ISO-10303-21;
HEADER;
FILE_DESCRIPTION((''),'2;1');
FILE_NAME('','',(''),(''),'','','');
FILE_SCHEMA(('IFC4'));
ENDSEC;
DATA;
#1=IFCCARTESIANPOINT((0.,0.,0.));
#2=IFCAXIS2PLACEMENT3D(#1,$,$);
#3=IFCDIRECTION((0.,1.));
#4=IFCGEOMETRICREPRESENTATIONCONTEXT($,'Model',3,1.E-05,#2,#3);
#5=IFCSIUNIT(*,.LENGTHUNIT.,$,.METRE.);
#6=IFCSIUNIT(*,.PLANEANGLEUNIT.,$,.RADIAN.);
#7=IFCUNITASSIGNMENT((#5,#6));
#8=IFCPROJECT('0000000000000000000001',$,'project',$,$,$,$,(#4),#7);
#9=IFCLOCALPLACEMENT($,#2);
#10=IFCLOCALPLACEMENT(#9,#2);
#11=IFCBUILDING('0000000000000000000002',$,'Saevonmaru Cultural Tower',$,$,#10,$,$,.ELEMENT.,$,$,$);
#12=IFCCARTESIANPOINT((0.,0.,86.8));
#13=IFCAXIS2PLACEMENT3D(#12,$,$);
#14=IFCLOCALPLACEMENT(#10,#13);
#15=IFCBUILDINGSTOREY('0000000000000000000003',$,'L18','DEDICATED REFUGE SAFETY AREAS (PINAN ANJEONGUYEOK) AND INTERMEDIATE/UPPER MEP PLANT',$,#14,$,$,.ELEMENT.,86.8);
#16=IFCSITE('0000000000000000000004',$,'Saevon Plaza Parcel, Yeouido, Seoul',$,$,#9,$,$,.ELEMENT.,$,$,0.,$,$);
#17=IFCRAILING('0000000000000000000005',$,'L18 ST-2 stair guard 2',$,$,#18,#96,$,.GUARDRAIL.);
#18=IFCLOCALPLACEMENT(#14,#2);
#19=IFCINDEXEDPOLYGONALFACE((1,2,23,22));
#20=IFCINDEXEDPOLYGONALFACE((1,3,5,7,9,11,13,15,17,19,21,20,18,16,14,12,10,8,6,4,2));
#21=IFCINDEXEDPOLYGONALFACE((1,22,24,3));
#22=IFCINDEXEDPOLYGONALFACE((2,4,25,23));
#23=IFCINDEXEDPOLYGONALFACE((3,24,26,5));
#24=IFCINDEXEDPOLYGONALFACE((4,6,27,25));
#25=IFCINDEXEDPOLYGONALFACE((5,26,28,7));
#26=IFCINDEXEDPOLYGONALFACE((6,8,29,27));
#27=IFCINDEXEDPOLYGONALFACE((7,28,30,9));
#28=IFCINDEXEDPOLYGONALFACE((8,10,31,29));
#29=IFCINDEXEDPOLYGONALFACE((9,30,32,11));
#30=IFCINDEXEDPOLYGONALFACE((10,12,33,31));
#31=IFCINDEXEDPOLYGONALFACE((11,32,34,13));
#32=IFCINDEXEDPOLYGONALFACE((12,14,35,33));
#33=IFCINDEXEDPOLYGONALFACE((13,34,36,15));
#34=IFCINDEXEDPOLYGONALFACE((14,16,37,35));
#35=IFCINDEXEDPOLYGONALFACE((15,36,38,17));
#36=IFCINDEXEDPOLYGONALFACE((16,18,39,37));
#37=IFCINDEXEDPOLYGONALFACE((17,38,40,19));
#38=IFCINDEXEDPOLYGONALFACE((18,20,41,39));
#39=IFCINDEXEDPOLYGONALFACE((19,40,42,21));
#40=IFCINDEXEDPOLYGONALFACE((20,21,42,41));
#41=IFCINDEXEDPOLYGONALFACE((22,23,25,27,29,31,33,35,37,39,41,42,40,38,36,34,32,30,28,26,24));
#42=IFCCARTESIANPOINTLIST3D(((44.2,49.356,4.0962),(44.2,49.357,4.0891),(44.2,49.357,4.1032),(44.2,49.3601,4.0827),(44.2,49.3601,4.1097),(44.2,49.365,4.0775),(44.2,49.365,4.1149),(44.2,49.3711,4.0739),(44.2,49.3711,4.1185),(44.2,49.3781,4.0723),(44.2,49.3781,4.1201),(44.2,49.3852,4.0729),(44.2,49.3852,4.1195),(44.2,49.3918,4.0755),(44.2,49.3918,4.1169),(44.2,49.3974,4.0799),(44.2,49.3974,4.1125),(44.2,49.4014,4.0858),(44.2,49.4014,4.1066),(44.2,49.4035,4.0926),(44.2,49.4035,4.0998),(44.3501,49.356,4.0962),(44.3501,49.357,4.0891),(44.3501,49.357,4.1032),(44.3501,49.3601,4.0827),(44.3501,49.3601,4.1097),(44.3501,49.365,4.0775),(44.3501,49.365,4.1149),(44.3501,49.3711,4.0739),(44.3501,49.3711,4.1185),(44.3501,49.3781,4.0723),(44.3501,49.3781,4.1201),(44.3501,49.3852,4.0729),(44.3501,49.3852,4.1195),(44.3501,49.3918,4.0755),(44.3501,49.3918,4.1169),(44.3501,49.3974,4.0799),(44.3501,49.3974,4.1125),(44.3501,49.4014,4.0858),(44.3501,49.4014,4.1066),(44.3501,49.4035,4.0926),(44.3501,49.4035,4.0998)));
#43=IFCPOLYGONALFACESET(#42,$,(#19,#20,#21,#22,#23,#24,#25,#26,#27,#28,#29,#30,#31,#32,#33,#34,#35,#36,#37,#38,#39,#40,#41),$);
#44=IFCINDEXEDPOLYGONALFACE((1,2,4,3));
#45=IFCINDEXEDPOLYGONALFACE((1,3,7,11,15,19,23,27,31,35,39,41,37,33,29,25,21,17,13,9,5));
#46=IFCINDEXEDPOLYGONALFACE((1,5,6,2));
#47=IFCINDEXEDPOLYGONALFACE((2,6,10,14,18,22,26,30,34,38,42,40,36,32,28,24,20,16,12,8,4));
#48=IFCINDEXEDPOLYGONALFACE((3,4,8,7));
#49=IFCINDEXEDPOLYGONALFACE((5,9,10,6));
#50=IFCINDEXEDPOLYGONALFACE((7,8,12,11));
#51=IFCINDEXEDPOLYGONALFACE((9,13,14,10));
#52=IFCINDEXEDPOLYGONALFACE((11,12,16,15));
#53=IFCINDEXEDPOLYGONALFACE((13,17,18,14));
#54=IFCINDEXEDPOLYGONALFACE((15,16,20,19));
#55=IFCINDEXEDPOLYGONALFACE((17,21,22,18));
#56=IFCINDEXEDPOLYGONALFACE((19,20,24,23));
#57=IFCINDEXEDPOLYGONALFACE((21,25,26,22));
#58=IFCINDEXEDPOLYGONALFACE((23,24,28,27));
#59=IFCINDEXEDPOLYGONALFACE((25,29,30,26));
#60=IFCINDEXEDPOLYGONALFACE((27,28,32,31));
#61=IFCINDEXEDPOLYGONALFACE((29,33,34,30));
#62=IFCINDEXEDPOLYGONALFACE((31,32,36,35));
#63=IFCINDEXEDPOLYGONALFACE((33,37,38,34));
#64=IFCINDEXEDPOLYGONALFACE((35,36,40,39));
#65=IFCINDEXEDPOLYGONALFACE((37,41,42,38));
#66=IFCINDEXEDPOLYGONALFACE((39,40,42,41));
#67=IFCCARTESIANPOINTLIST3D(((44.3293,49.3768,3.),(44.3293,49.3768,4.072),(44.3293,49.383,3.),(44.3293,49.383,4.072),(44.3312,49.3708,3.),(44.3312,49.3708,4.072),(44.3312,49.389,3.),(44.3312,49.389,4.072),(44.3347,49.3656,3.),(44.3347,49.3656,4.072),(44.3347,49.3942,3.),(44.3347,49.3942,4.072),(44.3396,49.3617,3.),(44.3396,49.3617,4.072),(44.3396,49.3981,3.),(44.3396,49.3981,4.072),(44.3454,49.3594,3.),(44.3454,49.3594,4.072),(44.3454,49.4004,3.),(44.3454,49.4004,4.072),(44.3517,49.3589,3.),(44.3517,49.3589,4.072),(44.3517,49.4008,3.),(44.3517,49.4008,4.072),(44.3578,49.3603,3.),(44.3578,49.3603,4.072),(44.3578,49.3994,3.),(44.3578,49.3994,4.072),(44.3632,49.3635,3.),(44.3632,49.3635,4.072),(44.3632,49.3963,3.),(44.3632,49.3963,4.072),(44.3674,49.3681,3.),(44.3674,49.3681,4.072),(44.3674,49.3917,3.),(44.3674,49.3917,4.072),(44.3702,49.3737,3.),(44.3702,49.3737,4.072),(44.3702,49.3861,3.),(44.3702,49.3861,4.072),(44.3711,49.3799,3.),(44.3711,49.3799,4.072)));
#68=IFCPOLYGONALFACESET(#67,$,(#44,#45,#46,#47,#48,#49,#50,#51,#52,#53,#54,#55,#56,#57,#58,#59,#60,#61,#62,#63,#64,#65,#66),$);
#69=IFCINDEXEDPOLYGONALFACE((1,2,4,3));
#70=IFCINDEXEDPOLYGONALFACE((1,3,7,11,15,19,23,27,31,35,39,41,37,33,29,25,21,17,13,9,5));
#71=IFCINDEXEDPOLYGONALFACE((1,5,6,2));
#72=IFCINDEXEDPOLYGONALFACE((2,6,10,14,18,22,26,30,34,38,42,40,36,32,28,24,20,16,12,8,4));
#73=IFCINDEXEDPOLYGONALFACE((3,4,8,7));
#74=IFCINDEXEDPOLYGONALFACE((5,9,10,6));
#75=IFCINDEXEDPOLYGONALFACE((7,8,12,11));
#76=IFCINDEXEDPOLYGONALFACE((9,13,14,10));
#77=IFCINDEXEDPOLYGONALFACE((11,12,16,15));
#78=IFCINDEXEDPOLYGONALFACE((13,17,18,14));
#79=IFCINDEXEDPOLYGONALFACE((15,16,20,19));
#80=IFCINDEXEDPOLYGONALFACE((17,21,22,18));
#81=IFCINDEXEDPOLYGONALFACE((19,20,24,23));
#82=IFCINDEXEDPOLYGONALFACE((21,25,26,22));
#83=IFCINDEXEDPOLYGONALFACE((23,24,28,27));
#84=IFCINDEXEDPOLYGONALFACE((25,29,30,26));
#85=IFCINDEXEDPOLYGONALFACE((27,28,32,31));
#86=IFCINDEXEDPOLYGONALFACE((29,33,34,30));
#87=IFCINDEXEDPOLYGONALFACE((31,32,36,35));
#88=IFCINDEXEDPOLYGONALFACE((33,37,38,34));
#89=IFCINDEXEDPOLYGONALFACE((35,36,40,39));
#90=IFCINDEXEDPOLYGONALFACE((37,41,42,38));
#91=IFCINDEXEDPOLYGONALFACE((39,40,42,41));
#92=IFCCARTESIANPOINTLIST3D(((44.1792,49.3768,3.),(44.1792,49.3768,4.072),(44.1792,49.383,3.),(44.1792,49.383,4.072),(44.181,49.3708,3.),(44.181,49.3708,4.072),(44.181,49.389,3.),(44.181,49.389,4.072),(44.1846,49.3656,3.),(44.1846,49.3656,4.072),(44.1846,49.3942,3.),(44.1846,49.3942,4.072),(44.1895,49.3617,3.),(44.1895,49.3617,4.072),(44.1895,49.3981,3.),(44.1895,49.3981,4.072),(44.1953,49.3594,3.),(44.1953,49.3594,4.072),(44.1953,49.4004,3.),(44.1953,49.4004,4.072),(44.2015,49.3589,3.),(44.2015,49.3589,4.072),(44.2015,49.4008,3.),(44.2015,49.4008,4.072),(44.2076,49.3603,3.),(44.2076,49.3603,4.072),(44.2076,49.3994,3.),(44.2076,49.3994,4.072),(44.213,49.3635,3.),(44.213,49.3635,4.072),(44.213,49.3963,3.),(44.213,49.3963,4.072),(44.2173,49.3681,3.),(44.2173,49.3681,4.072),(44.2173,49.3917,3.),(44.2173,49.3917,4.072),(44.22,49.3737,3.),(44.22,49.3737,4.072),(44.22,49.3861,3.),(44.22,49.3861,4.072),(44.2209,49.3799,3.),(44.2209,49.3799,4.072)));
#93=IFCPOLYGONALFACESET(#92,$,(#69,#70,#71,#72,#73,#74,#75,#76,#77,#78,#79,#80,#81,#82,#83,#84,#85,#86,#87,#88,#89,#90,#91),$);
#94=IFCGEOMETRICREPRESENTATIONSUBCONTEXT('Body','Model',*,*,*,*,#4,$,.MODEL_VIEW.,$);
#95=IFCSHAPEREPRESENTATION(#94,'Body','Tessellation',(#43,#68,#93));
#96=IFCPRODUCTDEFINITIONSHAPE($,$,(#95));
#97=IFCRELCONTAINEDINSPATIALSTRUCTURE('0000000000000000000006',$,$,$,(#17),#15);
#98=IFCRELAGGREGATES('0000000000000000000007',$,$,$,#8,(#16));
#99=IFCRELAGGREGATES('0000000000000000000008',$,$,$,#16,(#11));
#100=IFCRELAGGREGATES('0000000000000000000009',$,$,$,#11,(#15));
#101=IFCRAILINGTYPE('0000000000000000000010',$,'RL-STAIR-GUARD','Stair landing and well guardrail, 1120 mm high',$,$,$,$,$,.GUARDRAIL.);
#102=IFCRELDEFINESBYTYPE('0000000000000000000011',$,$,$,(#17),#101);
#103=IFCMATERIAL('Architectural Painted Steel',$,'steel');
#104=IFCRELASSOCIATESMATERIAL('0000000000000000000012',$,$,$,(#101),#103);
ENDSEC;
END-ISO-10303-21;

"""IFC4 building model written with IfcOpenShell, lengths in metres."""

from ifc_helpers import new_model, si_unit, direction, frame, origin, origin_2d, place, context, subcontext, project, spatial, circle, extrude, material, type_object, element, save


model = new_model("IFC4")

# Units and contexts
model_context = context("Model", 3, precision=1e-05, world=origin(), true_north=direction((0.0, 1.0)))
body_context = subcontext(model_context, "Body", "Model", "MODEL_VIEW")
ifc_project = project(units=[si_unit("LENGTHUNIT", "METRE"), si_unit("PLANEANGLEUNIT", "RADIAN")], contexts=[model_context])

# Site, building, storey
site_placement = place(None, origin())
site = spatial("IfcSite", under=ifc_project, at=site_placement, Name="Saevon Plaza Parcel, Yeouido, Seoul", CompositionType="ELEMENT", RefElevation=0.0)
building_placement = place(site_placement, origin())
building = spatial("IfcBuilding", under=site, at=building_placement, Name="Saevonmaru Cultural Tower", CompositionType="ELEMENT")
storey_placement = place(building_placement, frame((0.0, 0.0, 86.8)))
storey = spatial("IfcBuildingStorey", under=building, at=storey_placement, Name="L18", Description="DEDICATED REFUGE SAFETY AREAS (PINAN ANJEONGUYEOK) AND INTERMEDIATE/UPPER MEP PLANT", CompositionType="ELEMENT", Elevation=86.8)

# Railing
ifc_material_1 = material(Name="Architectural Painted Steel", Category="steel")
railing_type_1 = type_object("IfcRailingType", Name="RL-STAIR-GUARD", Description="Stair landing and well guardrail, 1120 mm high", PredefinedType="GUARDRAIL", material=ifc_material_1)
railing_1_placement = place(storey_placement, frame((44.3501, 49.3799, 3.0)))
element("IfcRailing", 1, at=railing_1_placement, inside=storey, type_object=railing_type_1, Name="L18 ST-2 stair guard 2", PredefinedType="GUARDRAIL", context=body_context, shape_type="SweptSolid", body=[
    extrude(circle(Radius=0.0239, at=origin_2d()), frame((0.0, 0.0, 1.0962), z_axis=(-1.0, 0.0, 0.0), x_axis=(0.0, -1.0, 0.0)), (0.0, 0.0, 1.0), 0.1501),
    extrude(circle(Radius=0.021, at=origin_2d()), origin(), (0.0, 0.0, 1.0), 1.072),
    extrude(circle(Radius=0.021, at=origin_2d()), frame((-0.1501, 0.0, 0.0)), (0.0, 0.0, 1.0), 1.072),
])

save(model, "model.ifc")
